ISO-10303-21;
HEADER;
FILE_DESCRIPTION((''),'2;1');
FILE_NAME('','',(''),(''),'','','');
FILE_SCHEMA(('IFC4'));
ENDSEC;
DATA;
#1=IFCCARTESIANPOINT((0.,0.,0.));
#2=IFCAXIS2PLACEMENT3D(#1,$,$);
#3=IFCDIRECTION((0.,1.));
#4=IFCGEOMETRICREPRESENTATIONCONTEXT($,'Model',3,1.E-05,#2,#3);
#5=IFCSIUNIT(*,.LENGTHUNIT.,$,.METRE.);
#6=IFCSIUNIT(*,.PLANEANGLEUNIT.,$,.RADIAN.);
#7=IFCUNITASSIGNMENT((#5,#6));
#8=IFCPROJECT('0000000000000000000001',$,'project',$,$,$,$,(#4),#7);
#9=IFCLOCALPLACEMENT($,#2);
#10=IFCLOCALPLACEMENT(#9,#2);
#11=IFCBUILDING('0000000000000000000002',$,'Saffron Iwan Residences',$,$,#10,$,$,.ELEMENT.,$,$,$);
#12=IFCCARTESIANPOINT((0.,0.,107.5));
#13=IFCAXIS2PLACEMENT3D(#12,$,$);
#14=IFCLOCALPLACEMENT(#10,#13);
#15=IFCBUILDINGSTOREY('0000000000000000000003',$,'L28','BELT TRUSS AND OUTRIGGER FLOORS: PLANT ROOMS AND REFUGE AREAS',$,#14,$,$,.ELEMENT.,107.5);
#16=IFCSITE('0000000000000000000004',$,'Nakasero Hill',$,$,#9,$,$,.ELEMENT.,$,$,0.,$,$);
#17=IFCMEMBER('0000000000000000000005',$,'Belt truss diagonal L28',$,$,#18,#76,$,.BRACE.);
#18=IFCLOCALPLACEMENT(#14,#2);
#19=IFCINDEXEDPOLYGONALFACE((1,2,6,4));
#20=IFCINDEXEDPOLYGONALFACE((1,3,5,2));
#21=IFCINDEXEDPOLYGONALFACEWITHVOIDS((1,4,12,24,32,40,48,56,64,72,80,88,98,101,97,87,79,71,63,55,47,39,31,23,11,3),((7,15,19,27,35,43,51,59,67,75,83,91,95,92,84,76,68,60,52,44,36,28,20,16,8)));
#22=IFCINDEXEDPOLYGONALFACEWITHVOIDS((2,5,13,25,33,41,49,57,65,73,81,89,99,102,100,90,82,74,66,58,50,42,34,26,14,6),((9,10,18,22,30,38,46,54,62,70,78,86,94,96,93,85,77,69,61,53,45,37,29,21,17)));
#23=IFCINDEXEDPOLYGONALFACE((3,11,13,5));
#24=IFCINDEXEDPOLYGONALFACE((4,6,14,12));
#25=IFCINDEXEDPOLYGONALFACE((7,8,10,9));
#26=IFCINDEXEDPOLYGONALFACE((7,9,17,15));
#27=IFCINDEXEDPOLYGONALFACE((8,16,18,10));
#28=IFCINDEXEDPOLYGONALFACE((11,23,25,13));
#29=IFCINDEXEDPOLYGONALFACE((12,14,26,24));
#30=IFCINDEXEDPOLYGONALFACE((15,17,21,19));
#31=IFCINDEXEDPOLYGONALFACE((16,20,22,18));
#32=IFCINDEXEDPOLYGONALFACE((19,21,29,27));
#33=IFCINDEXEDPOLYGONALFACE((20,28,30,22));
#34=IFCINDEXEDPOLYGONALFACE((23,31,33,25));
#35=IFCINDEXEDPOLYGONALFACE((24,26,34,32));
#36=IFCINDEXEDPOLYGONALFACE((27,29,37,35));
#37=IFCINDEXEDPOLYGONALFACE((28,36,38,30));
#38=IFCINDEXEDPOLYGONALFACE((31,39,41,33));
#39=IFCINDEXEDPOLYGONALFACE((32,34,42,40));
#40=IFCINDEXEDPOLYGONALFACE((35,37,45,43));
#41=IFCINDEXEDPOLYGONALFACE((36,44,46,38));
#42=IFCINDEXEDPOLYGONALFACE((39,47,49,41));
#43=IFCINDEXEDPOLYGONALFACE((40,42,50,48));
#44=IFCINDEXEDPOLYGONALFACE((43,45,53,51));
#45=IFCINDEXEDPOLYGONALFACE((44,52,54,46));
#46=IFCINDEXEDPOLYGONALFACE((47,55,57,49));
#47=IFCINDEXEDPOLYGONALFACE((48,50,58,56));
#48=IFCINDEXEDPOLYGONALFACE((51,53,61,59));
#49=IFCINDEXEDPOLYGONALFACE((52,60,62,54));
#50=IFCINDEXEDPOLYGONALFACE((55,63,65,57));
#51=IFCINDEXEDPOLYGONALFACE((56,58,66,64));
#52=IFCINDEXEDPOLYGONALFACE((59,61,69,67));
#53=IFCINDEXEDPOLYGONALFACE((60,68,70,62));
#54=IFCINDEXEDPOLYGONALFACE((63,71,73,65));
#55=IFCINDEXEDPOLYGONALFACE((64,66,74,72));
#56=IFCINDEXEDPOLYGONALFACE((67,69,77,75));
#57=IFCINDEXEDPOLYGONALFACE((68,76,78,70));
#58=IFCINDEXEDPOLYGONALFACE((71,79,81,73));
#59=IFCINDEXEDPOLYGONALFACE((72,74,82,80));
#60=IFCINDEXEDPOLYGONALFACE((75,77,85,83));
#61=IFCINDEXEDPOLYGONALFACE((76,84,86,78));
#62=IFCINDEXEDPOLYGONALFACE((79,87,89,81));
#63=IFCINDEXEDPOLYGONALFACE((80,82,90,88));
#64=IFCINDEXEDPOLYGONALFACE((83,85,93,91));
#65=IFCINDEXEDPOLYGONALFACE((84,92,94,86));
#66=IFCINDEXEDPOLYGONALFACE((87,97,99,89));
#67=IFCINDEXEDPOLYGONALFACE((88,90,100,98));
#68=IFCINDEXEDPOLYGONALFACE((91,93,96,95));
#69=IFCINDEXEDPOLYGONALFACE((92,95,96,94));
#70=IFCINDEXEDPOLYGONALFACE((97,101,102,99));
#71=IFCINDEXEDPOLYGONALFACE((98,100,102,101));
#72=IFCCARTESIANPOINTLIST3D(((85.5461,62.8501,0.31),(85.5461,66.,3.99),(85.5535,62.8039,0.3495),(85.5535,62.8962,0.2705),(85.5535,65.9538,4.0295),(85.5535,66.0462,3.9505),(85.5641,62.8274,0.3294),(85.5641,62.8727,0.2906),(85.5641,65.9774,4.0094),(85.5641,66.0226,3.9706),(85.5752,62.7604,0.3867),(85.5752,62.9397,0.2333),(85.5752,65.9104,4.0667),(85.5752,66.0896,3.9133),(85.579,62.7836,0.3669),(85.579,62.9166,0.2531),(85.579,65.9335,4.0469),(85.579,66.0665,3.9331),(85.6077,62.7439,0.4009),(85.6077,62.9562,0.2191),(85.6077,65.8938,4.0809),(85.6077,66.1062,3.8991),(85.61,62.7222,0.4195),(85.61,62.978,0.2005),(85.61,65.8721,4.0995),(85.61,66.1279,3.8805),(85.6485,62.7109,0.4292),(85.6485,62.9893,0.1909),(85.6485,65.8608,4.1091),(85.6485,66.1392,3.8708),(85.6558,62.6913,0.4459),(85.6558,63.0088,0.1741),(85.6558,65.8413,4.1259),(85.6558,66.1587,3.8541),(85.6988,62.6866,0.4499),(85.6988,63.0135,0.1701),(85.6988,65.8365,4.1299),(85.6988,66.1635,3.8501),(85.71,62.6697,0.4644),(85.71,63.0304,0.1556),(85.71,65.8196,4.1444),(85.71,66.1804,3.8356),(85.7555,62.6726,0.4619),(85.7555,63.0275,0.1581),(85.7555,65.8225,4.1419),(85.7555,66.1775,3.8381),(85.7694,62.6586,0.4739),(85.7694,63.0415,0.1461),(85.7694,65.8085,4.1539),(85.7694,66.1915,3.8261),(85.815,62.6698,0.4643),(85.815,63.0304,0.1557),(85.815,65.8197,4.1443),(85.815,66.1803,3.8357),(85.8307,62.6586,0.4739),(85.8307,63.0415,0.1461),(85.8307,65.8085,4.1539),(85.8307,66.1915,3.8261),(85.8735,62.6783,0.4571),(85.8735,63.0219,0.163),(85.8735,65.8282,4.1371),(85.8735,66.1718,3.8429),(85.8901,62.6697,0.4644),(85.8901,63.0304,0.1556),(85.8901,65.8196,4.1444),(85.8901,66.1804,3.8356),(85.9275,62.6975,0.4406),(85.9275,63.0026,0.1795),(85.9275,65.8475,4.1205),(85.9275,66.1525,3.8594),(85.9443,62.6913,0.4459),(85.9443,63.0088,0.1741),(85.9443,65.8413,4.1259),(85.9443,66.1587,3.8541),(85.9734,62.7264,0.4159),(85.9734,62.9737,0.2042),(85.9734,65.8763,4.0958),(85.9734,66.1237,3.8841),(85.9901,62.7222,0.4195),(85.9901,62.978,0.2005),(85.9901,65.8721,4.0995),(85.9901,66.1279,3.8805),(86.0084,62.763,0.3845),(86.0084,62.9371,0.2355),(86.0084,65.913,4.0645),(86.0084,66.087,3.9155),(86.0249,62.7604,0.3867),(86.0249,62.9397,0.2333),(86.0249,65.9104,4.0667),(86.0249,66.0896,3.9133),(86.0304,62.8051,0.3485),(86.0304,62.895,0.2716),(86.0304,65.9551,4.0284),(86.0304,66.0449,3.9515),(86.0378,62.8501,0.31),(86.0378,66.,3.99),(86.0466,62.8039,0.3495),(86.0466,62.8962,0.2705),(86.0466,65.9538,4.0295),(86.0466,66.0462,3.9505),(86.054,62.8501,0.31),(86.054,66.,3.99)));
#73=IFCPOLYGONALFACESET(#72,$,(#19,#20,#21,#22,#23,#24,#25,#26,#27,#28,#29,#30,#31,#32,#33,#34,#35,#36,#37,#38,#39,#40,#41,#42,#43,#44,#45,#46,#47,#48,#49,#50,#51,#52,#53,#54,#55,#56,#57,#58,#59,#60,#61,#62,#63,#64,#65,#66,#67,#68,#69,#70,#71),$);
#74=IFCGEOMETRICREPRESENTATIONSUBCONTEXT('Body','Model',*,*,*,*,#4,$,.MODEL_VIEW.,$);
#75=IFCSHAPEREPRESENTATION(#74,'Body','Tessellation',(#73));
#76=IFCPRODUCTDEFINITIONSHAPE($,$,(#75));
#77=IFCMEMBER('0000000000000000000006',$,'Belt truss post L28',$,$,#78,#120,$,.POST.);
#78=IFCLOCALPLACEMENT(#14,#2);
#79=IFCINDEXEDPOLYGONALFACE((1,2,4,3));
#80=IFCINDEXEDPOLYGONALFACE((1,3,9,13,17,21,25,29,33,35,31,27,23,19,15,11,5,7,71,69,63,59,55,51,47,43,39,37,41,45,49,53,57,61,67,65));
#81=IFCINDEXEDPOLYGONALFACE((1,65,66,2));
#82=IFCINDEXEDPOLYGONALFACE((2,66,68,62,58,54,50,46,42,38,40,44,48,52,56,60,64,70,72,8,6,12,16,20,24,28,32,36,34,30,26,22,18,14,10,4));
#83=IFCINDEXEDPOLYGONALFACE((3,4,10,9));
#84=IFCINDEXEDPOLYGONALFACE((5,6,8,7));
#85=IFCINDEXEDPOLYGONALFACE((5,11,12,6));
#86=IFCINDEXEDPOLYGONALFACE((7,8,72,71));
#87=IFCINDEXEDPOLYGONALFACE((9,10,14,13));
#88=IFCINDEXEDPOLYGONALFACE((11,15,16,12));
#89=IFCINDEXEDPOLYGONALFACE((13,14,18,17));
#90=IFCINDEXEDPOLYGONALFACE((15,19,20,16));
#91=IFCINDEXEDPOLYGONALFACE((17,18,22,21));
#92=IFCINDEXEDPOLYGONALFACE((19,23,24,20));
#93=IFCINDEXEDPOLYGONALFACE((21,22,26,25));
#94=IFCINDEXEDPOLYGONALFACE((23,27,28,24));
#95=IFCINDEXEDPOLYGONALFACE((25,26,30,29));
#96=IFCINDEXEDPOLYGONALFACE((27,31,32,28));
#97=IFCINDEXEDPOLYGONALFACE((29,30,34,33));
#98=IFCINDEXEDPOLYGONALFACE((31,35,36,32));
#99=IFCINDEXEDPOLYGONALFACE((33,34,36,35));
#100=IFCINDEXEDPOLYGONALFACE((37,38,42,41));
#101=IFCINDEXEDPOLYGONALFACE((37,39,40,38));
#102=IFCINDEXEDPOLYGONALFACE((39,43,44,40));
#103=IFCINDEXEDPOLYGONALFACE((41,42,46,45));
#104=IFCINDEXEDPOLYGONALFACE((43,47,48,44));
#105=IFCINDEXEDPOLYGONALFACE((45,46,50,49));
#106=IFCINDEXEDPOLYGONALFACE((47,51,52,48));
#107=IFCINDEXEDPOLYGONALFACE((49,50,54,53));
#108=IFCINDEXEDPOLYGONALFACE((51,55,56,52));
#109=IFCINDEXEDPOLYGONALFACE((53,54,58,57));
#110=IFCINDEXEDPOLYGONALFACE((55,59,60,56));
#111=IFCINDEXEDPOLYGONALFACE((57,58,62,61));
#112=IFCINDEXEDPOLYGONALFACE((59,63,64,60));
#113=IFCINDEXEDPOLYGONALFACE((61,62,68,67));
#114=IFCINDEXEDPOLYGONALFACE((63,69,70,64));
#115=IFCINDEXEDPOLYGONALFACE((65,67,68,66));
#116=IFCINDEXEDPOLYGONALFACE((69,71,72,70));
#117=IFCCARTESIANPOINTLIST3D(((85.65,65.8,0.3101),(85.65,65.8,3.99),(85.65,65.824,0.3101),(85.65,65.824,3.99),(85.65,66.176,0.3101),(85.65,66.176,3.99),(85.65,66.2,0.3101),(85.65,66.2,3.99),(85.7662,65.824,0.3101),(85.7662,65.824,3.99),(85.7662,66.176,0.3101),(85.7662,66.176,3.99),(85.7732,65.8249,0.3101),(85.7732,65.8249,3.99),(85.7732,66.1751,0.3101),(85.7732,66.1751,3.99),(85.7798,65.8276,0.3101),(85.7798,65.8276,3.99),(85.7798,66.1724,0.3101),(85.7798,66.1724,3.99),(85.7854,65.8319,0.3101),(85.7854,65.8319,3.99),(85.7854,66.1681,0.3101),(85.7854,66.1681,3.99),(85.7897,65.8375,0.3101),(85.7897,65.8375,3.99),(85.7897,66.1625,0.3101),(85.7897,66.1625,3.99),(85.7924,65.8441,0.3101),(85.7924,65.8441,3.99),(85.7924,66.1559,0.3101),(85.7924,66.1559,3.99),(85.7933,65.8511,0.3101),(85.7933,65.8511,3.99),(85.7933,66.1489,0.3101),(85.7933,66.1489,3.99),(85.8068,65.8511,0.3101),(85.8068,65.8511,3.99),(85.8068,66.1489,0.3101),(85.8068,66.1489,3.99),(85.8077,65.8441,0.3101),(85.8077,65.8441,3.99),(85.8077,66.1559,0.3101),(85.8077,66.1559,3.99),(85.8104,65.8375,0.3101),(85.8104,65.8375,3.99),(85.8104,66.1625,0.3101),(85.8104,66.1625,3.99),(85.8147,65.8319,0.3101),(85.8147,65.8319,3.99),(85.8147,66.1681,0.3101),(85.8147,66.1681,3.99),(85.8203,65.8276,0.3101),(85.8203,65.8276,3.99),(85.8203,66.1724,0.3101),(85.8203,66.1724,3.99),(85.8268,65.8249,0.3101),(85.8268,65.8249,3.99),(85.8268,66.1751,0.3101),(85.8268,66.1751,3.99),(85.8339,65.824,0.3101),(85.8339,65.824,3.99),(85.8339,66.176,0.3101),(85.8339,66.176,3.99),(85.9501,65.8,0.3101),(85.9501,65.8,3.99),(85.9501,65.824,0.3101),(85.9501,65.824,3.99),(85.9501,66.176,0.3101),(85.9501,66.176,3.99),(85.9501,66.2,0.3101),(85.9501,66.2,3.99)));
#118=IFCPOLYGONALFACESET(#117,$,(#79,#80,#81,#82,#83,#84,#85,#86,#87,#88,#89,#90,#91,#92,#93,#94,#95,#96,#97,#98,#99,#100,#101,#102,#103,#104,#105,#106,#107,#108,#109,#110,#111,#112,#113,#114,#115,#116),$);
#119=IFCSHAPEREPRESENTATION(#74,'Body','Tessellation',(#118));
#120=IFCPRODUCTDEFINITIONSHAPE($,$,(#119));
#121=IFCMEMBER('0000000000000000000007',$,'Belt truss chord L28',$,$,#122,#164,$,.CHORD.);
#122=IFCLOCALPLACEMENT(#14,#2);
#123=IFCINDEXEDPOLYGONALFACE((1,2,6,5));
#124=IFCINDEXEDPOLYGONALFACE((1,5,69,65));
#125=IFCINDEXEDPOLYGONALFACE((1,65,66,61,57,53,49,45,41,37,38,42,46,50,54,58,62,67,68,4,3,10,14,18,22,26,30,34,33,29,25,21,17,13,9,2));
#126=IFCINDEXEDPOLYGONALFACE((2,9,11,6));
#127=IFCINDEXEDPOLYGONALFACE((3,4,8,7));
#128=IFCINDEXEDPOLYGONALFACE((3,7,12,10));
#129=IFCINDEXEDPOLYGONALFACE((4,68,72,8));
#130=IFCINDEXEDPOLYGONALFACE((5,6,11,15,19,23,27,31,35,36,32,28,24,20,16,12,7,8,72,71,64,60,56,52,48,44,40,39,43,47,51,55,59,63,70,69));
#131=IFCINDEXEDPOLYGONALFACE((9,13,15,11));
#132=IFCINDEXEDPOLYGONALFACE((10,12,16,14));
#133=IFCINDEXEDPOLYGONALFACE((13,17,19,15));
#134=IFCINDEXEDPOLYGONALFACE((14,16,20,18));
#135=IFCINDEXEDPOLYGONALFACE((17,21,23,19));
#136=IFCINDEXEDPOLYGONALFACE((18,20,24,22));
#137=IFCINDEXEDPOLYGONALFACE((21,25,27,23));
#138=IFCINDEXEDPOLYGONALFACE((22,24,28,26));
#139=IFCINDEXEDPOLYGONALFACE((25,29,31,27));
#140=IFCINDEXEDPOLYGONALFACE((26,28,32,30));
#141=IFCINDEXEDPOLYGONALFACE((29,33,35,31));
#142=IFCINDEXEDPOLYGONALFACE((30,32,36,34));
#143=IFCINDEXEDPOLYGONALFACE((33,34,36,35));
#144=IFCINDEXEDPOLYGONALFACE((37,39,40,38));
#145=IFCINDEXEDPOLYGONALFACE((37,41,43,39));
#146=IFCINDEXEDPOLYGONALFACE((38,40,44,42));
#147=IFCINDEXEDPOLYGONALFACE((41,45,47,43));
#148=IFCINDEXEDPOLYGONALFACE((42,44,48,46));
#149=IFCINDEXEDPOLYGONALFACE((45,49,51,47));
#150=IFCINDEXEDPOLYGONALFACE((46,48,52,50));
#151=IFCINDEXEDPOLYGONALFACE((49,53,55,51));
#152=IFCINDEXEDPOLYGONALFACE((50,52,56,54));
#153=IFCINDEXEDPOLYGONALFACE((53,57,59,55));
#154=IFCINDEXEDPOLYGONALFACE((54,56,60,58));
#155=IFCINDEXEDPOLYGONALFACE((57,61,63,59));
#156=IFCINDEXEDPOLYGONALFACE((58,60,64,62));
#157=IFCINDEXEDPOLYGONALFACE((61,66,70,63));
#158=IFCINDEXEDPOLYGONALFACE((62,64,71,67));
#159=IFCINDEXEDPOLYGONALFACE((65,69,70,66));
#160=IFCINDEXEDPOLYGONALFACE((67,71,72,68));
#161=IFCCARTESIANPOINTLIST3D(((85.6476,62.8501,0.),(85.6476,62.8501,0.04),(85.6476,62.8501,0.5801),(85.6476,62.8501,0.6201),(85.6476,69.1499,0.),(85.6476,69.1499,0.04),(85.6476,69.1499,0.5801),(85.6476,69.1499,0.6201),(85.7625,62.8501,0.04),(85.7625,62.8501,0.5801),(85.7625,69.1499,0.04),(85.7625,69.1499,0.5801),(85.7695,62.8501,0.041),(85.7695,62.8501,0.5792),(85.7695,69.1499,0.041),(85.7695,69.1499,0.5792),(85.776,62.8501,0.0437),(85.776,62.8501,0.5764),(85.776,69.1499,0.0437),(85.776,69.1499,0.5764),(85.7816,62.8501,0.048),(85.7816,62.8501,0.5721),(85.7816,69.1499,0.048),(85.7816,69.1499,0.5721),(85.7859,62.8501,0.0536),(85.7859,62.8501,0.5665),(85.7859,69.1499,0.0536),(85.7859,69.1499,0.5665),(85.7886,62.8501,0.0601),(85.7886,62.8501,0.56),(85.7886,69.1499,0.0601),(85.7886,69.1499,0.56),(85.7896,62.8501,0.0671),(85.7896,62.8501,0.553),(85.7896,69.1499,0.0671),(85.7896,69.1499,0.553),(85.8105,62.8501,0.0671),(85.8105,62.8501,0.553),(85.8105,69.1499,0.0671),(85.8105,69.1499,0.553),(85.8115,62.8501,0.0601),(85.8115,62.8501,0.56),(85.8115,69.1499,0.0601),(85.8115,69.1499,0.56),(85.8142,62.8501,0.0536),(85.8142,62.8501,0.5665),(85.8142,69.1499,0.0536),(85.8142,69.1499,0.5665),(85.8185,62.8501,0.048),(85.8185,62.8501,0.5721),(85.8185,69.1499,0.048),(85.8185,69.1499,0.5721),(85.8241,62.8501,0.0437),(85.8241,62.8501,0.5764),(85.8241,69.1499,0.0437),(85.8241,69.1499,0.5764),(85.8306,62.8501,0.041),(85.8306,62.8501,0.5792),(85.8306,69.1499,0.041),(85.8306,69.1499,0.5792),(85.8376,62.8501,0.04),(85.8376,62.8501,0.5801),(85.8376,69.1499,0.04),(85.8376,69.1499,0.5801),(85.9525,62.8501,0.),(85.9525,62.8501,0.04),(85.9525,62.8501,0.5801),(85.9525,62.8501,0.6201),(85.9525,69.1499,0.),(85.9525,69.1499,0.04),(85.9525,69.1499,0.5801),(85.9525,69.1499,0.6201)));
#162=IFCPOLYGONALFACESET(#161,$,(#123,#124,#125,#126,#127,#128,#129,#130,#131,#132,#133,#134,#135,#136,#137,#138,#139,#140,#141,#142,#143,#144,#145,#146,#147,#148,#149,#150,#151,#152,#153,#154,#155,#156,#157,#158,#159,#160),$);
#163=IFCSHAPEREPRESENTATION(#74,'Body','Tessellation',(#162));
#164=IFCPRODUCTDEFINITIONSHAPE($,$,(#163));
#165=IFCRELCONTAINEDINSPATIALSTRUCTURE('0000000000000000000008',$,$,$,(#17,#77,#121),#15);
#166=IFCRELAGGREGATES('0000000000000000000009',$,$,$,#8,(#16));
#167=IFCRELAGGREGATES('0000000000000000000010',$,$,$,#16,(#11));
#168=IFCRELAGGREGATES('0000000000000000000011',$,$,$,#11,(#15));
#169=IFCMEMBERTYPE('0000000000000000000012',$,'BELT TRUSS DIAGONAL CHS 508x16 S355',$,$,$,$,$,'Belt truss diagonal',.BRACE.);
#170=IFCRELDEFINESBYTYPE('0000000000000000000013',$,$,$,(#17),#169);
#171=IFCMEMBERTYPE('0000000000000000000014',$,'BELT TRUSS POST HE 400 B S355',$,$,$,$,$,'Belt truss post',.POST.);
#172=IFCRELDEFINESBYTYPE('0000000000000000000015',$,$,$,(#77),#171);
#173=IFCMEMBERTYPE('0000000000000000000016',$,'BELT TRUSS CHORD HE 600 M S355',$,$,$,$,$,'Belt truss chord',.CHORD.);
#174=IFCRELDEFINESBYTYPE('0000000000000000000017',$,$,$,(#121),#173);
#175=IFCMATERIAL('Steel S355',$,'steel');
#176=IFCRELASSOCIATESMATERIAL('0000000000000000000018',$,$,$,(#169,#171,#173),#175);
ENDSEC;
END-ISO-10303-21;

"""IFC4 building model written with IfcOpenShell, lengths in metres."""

from ifc_helpers import new_model, si_unit, direction, frame, origin, origin_2d, place, context, subcontext, project, spatial, hollow_circle, i_section, extrude, source, transform, mapped, material, material_profile, profile_set, type_object, element, save


model = new_model("IFC4")

# Units and contexts
model_context = context("Model", 3, precision=1e-05, world=origin(), true_north=direction((0.0, 1.0)))
body_context = subcontext(model_context, "Body", "Model", "MODEL_VIEW")
ifc_project = project(units=[si_unit("LENGTHUNIT", "METRE"), si_unit("PLANEANGLEUNIT", "RADIAN")], contexts=[model_context])

# Site, building, storey
site_placement = place(None, origin())
site = spatial("IfcSite", under=ifc_project, at=site_placement, Name="Nakasero Hill", CompositionType="ELEMENT", RefElevation=0.0)
building_placement = place(site_placement, origin())
building = spatial("IfcBuilding", under=site, at=building_placement, Name="Saffron Iwan Residences", CompositionType="ELEMENT")
storey_placement = place(building_placement, frame((0.0, 0.0, 107.5)))
storey = spatial("IfcBuildingStorey", under=building, at=storey_placement, Name="L28", Description="BELT TRUSS AND OUTRIGGER FLOORS: PLANT ROOMS AND REFUGE AREAS", CompositionType="ELEMENT", Elevation=107.5)

# Members
ifc_material_1 = material(Name="Steel S355", Category="steel")
ifc_material_profile_1 = material_profile(ifc_material_1, hollow_circle(Radius=0.2539, WallThickness=0.0161, at=origin_2d()), Name="CHS 508x16")
ifc_profile_set_1 = profile_set([ifc_material_profile_1], Name="Steel S355")
member_type_1 = type_object("IfcMemberType", Name="BELT TRUSS DIAGONAL CHS 508x16 S355", ElementType="Belt truss diagonal", PredefinedType="BRACE", material=ifc_profile_set_1)
shared_shape_1 = source(origin(), body_context, "Body", "SweptSolid", [
    extrude(hollow_circle(Radius=0.2539, WallThickness=0.0161, at=origin_2d()), origin(), (0.0, 0.0, 1.0), 4.844),
])
for number, where, z_axis, x_axis, name in (
    (1, (85.8, 66.0, 3.99), (0.0, -0.650277, -0.759698), (1.0, 0.0, 0.0), "Belt truss diagonal L28"),
):
    element("IfcMember", number, at=place(storey_placement, frame(where, z_axis=z_axis, x_axis=x_axis)), inside=storey, type_object=member_type_1, Name=name, PredefinedType="BRACE", context=body_context, shape_type="MappedRepresentation", body=[
        mapped(shared_shape_1, transform((0.0, 0.0, 0.0))),
    ])
ifc_material_profile_2 = material_profile(ifc_material_1, i_section(OverallWidth=0.3, OverallDepth=0.3999, WebThickness=0.0134, FlangeThickness=0.0239, FilletRadius=0.0271, at=origin_2d()), Name="HE 400 B")
ifc_profile_set_2 = profile_set([ifc_material_profile_2], Name="Steel S355")
member_type_2 = type_object("IfcMemberType", Name="BELT TRUSS POST HE 400 B S355", ElementType="Belt truss post", PredefinedType="POST", material=ifc_profile_set_2)
shared_shape_2 = source(origin(), body_context, "Body", "SweptSolid", [
    extrude(i_section(OverallWidth=0.3, OverallDepth=0.3999, WebThickness=0.0134, FlangeThickness=0.0239, FilletRadius=0.0271, at=origin_2d()), origin(), (0.0, 0.0, 1.0), 3.6799),
])
member_placement = place(storey_placement, frame((85.8, 66.0, 0.3101), z_axis=(0.0, 0.0, 1.0), x_axis=(1.0, 0.0, 0.0)))
element("IfcMember", 2, at=member_placement, inside=storey, type_object=member_type_2, Name="Belt truss post L28", PredefinedType="POST", context=body_context, shape_type="MappedRepresentation", body=[
    mapped(shared_shape_2, transform((0.0, 0.0, 0.0))),
])
ifc_material_profile_3 = material_profile(ifc_material_1, i_section(OverallWidth=0.3049, OverallDepth=0.6201, WebThickness=0.021, FlangeThickness=0.04, FilletRadius=0.0271, at=origin_2d()), Name="HE 600 M")
ifc_profile_set_3 = profile_set([ifc_material_profile_3], Name="Steel S355")
member_type_3 = type_object("IfcMemberType", Name="BELT TRUSS CHORD HE 600 M S355", ElementType="Belt truss chord", PredefinedType="CHORD", material=ifc_profile_set_3)
shared_shape_3 = source(origin(), body_context, "Body", "SweptSolid", [
    extrude(i_section(OverallWidth=0.3049, OverallDepth=0.6201, WebThickness=0.021, FlangeThickness=0.04, FilletRadius=0.0271, at=origin_2d()), origin(), (0.0, 0.0, 1.0), 6.2998),
])
for number, where, z_axis, x_axis, name in (
    (3, (85.8, 69.1499, 0.3101), (0.0, -1.0, 0.0), (1.0, 0.0, 0.0), "Belt truss chord L28"),
):
    element("IfcMember", number, at=place(storey_placement, frame(where, z_axis=z_axis, x_axis=x_axis)), inside=storey, type_object=member_type_3, Name=name, PredefinedType="CHORD", context=body_context, shape_type="MappedRepresentation", body=[
        mapped(shared_shape_3, transform((0.0, 0.0, 0.0))),
    ])

save(model, "model.ifc")
